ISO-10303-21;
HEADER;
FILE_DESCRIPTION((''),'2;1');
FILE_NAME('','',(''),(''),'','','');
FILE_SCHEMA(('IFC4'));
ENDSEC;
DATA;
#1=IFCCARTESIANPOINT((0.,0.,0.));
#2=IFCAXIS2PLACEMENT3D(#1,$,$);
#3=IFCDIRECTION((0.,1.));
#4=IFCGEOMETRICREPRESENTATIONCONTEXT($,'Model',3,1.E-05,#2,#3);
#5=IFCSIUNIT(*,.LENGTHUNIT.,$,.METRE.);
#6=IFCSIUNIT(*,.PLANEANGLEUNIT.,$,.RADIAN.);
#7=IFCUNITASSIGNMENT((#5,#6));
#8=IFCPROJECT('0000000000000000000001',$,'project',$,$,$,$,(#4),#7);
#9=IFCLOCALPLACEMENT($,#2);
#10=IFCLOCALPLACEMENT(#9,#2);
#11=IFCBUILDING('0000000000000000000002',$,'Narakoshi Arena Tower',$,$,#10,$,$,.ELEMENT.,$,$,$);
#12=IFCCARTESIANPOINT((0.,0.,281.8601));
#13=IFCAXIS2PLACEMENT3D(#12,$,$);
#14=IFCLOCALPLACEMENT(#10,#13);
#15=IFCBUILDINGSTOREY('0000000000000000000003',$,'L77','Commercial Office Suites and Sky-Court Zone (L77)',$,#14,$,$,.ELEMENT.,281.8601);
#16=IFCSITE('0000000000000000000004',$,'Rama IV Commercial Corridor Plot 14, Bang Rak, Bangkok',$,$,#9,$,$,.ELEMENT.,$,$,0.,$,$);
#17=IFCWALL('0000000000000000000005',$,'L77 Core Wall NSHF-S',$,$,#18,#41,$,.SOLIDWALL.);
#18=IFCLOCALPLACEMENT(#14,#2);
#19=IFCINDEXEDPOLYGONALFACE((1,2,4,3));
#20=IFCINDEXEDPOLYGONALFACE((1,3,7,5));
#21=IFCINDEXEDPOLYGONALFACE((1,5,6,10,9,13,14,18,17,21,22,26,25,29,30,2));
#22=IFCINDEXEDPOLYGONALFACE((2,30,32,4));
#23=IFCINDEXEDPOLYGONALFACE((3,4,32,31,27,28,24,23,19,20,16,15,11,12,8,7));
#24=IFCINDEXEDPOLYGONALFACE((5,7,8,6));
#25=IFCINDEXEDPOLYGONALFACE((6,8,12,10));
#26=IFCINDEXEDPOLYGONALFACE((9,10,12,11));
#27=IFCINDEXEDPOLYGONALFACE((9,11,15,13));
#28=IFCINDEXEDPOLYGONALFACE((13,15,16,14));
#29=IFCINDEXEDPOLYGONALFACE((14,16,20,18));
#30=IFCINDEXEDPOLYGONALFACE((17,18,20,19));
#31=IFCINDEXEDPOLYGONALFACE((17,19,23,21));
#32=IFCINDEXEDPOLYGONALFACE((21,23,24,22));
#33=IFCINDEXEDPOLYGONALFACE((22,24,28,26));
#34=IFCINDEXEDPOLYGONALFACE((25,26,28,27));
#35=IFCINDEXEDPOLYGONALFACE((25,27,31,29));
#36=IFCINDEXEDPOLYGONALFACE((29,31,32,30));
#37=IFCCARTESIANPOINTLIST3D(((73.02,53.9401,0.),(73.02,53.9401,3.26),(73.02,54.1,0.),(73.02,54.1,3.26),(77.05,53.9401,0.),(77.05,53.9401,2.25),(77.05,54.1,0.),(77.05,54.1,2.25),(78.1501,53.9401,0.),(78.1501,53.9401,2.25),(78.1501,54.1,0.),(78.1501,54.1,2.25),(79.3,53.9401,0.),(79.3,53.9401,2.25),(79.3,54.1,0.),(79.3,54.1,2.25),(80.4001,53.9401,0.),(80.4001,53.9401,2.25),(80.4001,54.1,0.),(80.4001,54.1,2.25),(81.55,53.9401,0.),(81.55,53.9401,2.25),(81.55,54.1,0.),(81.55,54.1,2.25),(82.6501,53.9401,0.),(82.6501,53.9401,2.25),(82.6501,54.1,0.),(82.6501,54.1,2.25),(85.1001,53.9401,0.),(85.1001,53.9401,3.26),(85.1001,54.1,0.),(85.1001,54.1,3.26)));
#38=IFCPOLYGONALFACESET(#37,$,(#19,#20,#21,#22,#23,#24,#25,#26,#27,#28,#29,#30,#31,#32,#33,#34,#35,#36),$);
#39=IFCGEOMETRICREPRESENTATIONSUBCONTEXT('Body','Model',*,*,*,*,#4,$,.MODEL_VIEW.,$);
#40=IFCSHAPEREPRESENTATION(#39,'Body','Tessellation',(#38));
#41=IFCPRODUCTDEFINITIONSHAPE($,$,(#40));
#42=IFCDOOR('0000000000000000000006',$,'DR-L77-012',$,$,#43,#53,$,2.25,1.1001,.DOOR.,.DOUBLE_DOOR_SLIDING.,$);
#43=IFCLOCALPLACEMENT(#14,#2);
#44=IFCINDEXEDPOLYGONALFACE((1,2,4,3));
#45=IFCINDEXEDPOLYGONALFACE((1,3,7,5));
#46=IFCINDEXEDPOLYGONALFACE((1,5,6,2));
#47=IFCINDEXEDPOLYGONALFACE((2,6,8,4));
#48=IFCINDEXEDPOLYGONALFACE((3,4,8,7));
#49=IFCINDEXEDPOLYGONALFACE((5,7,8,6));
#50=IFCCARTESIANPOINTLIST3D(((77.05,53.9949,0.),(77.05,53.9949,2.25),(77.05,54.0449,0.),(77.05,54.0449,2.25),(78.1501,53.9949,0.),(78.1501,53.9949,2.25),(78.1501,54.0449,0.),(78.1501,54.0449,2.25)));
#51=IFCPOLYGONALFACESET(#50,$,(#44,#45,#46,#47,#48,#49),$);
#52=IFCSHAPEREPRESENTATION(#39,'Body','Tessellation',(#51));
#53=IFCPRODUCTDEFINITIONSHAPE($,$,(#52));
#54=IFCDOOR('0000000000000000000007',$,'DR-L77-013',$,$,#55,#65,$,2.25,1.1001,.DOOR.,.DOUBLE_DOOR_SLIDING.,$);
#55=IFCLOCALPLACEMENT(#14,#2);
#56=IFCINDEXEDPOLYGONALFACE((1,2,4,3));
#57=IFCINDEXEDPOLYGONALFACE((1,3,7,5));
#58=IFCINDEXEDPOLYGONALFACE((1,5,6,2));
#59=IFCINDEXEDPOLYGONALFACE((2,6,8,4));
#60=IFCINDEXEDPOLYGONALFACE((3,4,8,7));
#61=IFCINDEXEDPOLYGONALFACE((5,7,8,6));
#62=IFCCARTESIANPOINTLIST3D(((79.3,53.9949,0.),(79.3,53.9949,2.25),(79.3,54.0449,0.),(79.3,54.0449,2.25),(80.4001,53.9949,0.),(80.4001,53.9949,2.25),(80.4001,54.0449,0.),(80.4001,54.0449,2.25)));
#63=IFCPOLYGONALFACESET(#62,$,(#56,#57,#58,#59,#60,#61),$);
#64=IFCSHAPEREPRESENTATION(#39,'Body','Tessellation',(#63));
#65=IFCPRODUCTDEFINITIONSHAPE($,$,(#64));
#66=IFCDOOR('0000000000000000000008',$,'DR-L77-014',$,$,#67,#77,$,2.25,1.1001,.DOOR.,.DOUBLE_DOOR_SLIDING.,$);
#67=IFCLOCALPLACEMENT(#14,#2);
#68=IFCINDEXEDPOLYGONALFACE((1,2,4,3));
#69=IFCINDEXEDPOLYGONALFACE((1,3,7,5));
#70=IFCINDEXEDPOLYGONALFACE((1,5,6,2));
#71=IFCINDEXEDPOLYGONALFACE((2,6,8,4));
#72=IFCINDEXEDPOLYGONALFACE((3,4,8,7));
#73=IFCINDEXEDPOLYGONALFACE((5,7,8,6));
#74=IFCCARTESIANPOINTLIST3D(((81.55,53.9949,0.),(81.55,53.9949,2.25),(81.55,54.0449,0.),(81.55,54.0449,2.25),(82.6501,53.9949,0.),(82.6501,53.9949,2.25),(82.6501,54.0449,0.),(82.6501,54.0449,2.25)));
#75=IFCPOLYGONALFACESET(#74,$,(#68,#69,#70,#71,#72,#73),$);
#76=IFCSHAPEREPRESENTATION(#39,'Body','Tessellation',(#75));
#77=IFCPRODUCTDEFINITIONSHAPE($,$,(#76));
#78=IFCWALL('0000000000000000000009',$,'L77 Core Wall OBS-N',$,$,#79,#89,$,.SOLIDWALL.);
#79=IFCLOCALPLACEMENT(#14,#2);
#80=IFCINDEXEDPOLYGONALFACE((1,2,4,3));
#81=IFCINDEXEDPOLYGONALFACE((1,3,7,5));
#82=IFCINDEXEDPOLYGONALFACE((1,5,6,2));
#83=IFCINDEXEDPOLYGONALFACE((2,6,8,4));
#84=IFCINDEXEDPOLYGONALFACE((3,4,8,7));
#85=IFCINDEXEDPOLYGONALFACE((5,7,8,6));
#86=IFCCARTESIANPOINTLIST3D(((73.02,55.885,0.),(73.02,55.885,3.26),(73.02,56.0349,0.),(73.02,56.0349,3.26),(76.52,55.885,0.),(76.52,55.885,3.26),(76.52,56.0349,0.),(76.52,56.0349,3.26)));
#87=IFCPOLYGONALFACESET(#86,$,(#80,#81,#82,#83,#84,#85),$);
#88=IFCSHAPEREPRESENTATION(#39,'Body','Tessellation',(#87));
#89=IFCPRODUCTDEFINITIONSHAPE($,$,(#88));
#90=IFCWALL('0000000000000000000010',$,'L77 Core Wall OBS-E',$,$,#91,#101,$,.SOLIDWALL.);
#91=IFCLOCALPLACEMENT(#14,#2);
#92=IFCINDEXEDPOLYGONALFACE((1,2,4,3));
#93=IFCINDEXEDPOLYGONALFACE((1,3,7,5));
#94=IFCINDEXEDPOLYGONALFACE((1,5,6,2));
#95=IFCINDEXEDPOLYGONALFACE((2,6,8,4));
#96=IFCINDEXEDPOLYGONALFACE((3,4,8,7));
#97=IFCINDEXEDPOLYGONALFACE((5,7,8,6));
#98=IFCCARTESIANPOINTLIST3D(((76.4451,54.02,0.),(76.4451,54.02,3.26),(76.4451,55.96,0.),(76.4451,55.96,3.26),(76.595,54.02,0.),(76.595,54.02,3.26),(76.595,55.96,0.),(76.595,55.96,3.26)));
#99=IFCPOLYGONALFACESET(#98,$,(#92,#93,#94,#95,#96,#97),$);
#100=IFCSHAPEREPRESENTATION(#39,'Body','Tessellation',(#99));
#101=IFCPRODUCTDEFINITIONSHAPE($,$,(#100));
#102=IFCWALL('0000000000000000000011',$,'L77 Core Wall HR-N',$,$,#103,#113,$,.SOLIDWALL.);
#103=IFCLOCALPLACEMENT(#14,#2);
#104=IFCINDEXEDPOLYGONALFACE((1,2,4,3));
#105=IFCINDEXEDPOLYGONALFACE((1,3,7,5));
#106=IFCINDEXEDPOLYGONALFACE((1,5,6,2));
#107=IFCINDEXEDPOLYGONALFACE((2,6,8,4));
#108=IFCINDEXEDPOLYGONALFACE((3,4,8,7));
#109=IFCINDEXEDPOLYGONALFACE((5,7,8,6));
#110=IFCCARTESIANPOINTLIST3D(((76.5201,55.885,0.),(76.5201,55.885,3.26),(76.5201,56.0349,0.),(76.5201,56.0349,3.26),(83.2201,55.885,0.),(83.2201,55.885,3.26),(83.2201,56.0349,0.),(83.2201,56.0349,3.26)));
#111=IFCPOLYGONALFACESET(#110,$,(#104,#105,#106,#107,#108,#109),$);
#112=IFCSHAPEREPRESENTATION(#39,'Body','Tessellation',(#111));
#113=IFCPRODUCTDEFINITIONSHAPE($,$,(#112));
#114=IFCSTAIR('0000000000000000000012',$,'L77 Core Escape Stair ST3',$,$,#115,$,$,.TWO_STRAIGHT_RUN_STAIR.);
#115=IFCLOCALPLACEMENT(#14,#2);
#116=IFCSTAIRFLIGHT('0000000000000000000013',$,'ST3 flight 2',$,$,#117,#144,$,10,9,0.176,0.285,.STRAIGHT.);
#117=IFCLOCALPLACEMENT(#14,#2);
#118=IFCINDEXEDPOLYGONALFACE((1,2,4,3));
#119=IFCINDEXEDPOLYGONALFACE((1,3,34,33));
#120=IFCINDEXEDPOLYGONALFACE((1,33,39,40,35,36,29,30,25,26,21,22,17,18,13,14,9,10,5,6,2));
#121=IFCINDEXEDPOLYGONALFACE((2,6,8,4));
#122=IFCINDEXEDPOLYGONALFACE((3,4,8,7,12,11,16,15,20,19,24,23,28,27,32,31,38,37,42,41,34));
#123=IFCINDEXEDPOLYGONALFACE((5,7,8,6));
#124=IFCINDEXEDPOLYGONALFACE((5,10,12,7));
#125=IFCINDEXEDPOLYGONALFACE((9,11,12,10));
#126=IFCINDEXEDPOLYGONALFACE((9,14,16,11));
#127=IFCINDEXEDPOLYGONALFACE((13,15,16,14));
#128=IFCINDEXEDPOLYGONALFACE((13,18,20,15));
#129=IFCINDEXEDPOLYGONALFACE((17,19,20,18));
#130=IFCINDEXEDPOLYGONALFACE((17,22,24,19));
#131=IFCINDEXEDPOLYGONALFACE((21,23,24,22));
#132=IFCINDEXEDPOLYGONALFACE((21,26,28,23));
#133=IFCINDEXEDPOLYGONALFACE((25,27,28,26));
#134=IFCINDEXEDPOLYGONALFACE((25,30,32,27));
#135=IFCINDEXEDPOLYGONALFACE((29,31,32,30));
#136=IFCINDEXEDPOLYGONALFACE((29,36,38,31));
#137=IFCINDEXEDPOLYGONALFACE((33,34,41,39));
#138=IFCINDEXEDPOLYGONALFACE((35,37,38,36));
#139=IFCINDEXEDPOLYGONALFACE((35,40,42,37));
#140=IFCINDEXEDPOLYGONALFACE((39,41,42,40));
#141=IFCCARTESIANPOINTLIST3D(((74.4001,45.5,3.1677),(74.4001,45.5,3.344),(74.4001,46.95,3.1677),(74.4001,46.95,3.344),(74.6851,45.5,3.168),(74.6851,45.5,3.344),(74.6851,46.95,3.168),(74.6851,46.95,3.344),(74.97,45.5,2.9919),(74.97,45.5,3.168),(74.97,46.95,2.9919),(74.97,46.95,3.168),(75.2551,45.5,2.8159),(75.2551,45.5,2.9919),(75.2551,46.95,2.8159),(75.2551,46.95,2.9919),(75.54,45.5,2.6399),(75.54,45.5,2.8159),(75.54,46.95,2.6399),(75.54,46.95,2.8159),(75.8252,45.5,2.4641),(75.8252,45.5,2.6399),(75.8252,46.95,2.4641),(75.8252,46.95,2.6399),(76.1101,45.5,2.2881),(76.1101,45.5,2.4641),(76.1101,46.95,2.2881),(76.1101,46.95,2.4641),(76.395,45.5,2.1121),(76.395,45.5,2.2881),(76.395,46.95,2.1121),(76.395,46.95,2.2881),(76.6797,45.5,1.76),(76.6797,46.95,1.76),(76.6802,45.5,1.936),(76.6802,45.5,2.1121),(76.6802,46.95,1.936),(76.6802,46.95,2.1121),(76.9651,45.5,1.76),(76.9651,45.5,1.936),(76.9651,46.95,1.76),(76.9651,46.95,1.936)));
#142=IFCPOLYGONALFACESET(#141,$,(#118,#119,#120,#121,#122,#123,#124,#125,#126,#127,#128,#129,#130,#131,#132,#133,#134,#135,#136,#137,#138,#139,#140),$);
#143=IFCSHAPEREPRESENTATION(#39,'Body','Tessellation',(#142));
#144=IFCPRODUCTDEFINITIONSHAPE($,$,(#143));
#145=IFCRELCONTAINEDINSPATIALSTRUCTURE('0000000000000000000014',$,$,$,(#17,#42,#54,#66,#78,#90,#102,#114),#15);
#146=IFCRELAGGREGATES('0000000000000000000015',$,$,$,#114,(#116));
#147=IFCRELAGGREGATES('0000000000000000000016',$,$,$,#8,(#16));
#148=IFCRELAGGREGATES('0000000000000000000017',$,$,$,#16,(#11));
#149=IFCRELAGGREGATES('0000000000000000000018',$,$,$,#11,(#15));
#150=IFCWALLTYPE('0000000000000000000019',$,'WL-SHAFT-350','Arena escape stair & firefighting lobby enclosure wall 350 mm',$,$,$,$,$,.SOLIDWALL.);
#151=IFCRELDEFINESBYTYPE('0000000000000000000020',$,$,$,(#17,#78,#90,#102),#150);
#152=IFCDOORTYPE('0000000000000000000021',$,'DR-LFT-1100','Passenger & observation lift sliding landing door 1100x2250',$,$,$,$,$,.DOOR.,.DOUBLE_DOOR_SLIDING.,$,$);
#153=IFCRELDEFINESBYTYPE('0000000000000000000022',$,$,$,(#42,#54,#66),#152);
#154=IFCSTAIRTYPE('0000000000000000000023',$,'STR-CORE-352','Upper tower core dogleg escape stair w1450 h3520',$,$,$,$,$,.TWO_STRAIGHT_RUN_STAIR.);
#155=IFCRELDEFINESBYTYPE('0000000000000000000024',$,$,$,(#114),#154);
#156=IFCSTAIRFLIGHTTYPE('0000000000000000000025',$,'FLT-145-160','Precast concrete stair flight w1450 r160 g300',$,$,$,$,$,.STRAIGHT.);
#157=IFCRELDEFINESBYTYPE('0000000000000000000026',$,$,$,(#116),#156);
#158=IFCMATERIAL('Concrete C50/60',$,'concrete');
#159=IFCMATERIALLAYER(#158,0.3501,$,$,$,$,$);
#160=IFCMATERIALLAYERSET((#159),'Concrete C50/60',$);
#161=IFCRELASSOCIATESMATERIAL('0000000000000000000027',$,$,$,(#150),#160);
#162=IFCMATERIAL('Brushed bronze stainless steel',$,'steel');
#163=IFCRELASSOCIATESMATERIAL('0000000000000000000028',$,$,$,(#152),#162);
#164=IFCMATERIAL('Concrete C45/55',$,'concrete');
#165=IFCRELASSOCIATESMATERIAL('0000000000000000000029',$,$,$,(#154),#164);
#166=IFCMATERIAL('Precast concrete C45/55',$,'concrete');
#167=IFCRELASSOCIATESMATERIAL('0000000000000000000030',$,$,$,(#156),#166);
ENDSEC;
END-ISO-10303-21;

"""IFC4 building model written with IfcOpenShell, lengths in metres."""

from ifc_helpers import new_model, si_unit, direction, frame, frame_2d, origin, place, context, subcontext, project, spatial, polyline, rectangle, outline, extrude, material, layer, layer_set, type_object, element, fill, aggregate, save


model = new_model("IFC4")

# Units and contexts
model_context = context("Model", 3, precision=1e-05, world=origin(), true_north=direction((0.0, 1.0)))
body_context = subcontext(model_context, "Body", "Model", "MODEL_VIEW")
ifc_project = project(units=[si_unit("LENGTHUNIT", "METRE"), si_unit("PLANEANGLEUNIT", "RADIAN")], contexts=[model_context])

# Site, building, storey
site_placement = place(None, origin())
site = spatial("IfcSite", under=ifc_project, at=site_placement, Name="Rama IV Commercial Corridor Plot 14, Bang Rak, Bangkok", CompositionType="ELEMENT", RefElevation=0.0)
building_placement = place(site_placement, origin())
building = spatial("IfcBuilding", under=site, at=building_placement, Name="Narakoshi Arena Tower", CompositionType="ELEMENT")
storey_placement = place(building_placement, frame((0.0, 0.0, 281.8601)))
storey = spatial("IfcBuildingStorey", under=building, at=storey_placement, Name="L77", Description="Commercial Office Suites and Sky-Court Zone (L77)", CompositionType="ELEMENT", Elevation=281.8601)

# Shared definitions
ifc_material_1 = material(Name="Concrete C50/60", Category="concrete")
ifc_layer_1 = layer(ifc_material_1, 0.3501)
ifc_layer_set_1 = layer_set([ifc_layer_1], Name="Concrete C50/60")
wall_type_1 = type_object("IfcWallType", Name="WL-SHAFT-350", Description="Arena escape stair & firefighting lobby enclosure wall 350 mm", PredefinedType="SOLIDWALL", material=ifc_layer_set_1)

# Wall, openings, doors
wall_1_placement = place(storey_placement, frame((73.02, 54.02, 0.0), z_axis=(0.0, 0.0, 1.0), x_axis=(1.0, 0.0, 0.0)))
wall_1 = element("IfcWall", 1, at=wall_1_placement, inside=storey, type_object=wall_type_1, Name="L77 Core Wall NSHF-S", PredefinedType="SOLIDWALL", context=body_context, shape_type="SweptSolid", body=[
    extrude(rectangle(XDim=12.0801, YDim=0.1599, at=frame_2d((6.04, 0.0))), origin(), (0.0, 0.0, 1.0), 3.26),
])
opening_1_placement = place(wall_1_placement, frame((4.03, 0.0, 0.0)))
opening_1 = element("IfcOpeningElement", 2, at=opening_1_placement, cuts=wall_1, PredefinedType="OPENING", context=body_context, shape_type="SweptSolid", body=[
    extrude(rectangle(XDim=1.1001, YDim=2.25, at=frame_2d((0.55, 1.125))), frame((0.0, 0.0898, 0.0), z_axis=(0.0, -1.0, 0.0), x_axis=(1.0, 0.0, 0.0)), (0.0, 0.0, 1.0), 0.1799),
])
opening_2_placement = place(wall_1_placement, frame((6.28, 0.0, 0.0)))
opening_2 = element("IfcOpeningElement", 3, at=opening_2_placement, cuts=wall_1, PredefinedType="OPENING", context=body_context, shape_type="SweptSolid", body=[
    extrude(rectangle(XDim=1.1001, YDim=2.25, at=frame_2d((0.55, 1.125))), frame((0.0, 0.0898, 0.0), z_axis=(0.0, -1.0, 0.0), x_axis=(1.0, 0.0, 0.0)), (0.0, 0.0, 1.0), 0.1799),
])
opening_3_placement = place(wall_1_placement, frame((8.53, 0.0, 0.0)))
opening_3 = element("IfcOpeningElement", 4, at=opening_3_placement, cuts=wall_1, PredefinedType="OPENING", context=body_context, shape_type="SweptSolid", body=[
    extrude(rectangle(XDim=1.1001, YDim=2.25, at=frame_2d((0.55, 1.125))), frame((0.0, 0.0898, 0.0), z_axis=(0.0, -1.0, 0.0), x_axis=(1.0, 0.0, 0.0)), (0.0, 0.0, 1.0), 0.1799),
])
ifc_material_2 = material(Name="Brushed bronze stainless steel", Category="steel")
door_type_1 = type_object("IfcDoorType", Name="DR-LFT-1100", Description="Passenger & observation lift sliding landing door 1100x2250", OperationType="DOUBLE_DOOR_SLIDING", PredefinedType="DOOR", material=ifc_material_2)
door_1_placement = place(opening_1_placement, origin())
door_1 = element("IfcDoor", 5, at=door_1_placement, inside=storey, type_object=door_type_1, Name="DR-L77-012", OperationType="DOUBLE_DOOR_SLIDING", OverallHeight=2.25, OverallWidth=1.1001, PredefinedType="DOOR", context=body_context, shape_type="SweptSolid", body=[
    extrude(rectangle(XDim=1.1001, YDim=2.25, at=frame_2d((0.55, 1.125))), frame((0.0, 0.0249, 0.0), z_axis=(0.0, -1.0, 0.0), x_axis=(1.0, 0.0, 0.0)), (0.0, 0.0, 1.0), 0.05),
])
fill(opening_1, door_1)
door_2_placement = place(opening_2_placement, origin())
door_2 = element("IfcDoor", 6, at=door_2_placement, inside=storey, type_object=door_type_1, Name="DR-L77-013", OperationType="DOUBLE_DOOR_SLIDING", OverallHeight=2.25, OverallWidth=1.1001, PredefinedType="DOOR", context=body_context, shape_type="SweptSolid", body=[
    extrude(rectangle(XDim=1.1001, YDim=2.25, at=frame_2d((0.55, 1.125))), frame((0.0, 0.0249, 0.0), z_axis=(0.0, -1.0, 0.0), x_axis=(1.0, 0.0, 0.0)), (0.0, 0.0, 1.0), 0.05),
])
fill(opening_2, door_2)
door_3_placement = place(opening_3_placement, origin())
door_3 = element("IfcDoor", 7, at=door_3_placement, inside=storey, type_object=door_type_1, Name="DR-L77-014", OperationType="DOUBLE_DOOR_SLIDING", OverallHeight=2.25, OverallWidth=1.1001, PredefinedType="DOOR", context=body_context, shape_type="SweptSolid", body=[
    extrude(rectangle(XDim=1.1001, YDim=2.25, at=frame_2d((0.55, 1.125))), frame((0.0, 0.0249, 0.0), z_axis=(0.0, -1.0, 0.0), x_axis=(1.0, 0.0, 0.0)), (0.0, 0.0, 1.0), 0.05),
])
fill(opening_3, door_3)

# Walls
wall_2_placement = place(storey_placement, frame((73.02, 55.96, 0.0), z_axis=(0.0, 0.0, 1.0), x_axis=(1.0, 0.0, 0.0)))
element("IfcWall", 8, at=wall_2_placement, inside=storey, type_object=wall_type_1, Name="L77 Core Wall OBS-N", PredefinedType="SOLIDWALL", context=body_context, shape_type="SweptSolid", body=[
    extrude(rectangle(XDim=3.5, YDim=0.1499, at=frame_2d((1.75, 0.0))), origin(), (0.0, 0.0, 1.0), 3.26),
])
wall_3_placement = place(storey_placement, frame((76.52, 54.02, 0.0), z_axis=(0.0, 0.0, 1.0), x_axis=(0.0, 1.0, 0.0)))
element("IfcWall", 9, at=wall_3_placement, inside=storey, type_object=wall_type_1, Name="L77 Core Wall OBS-E", PredefinedType="SOLIDWALL", context=body_context, shape_type="SweptSolid", body=[
    extrude(rectangle(XDim=1.9399, YDim=0.1499, at=frame_2d((0.97, 0.0))), origin(), (0.0, 0.0, 1.0), 3.26),
])
wall_4_placement = place(storey_placement, frame((76.52, 55.96, 0.0), z_axis=(0.0, 0.0, 1.0), x_axis=(1.0, 0.0, 0.0)))
element("IfcWall", 10, at=wall_4_placement, inside=storey, type_object=wall_type_1, Name="L77 Core Wall HR-N", PredefinedType="SOLIDWALL", context=body_context, shape_type="SweptSolid", body=[
    extrude(rectangle(XDim=6.7, YDim=0.1499, at=frame_2d((3.3501, 0.0))), origin(), (0.0, 0.0, 1.0), 3.26),
])

# Stair, stair flight
ifc_material_3 = material(Name="Concrete C45/55", Category="concrete")
stair_type = type_object("IfcStairType", Name="STR-CORE-352", Description="Upper tower core dogleg escape stair w1450 h3520", PredefinedType="TWO_STRAIGHT_RUN_STAIR", material=ifc_material_3)
stair_placement = place(storey_placement, origin())
stair = element("IfcStair", 11, at=stair_placement, inside=storey, type_object=stair_type, Name="L77 Core Escape Stair ST3", PredefinedType="TWO_STRAIGHT_RUN_STAIR")
ifc_material_4 = material(Name="Precast concrete C45/55", Category="concrete")
stair_flight_type = type_object("IfcStairFlightType", Name="FLT-145-160", Description="Precast concrete stair flight w1450 r160 g300", PredefinedType="STRAIGHT", material=ifc_material_4)
stair_flight_placement = place(storey_placement, frame((76.9651, 46.2251, 1.76), z_axis=(0.0, 0.0, 1.0), x_axis=(-1.0, 0.0, 0.0)))
stair_flight = element("IfcStairFlight", 12, at=stair_flight_placement, type_object=stair_flight_type, Name="ST3 flight 2", NumberOfRisers=10, NumberOfTreads=9, PredefinedType="STRAIGHT", RiserHeight=0.176, TreadLength=0.285, context=body_context, shape_type="SweptSolid", body=[
    extrude(outline(polyline([(0.0, 0.0), (0.0, 0.176), (0.2849, 0.176), (0.2849, 0.3521), (0.5701, 0.3521), (0.5701, 0.5281), (0.855, 0.5281), (0.855, 0.7041), (1.1399, 0.7041), (1.1399, 0.8799), (1.425, 0.8799), (1.425, 1.0559), (1.71, 1.0559), (1.71, 1.2319), (1.9951, 1.2319), (1.9951, 1.408), (2.28, 1.408), (2.28, 1.584), (2.5649, 1.584), (2.5649, 1.76), (2.5649, 1.4077), (0.2854, 0.0), (0.0, 0.0)])), frame((0.0, 0.7251, 0.0), z_axis=(0.0, -1.0, 0.0), x_axis=(1.0, 0.0, 0.0)), (0.0, 0.0, 1.0), 1.45),
])
aggregate(stair, [stair_flight])

save(model, "model.ifc")
